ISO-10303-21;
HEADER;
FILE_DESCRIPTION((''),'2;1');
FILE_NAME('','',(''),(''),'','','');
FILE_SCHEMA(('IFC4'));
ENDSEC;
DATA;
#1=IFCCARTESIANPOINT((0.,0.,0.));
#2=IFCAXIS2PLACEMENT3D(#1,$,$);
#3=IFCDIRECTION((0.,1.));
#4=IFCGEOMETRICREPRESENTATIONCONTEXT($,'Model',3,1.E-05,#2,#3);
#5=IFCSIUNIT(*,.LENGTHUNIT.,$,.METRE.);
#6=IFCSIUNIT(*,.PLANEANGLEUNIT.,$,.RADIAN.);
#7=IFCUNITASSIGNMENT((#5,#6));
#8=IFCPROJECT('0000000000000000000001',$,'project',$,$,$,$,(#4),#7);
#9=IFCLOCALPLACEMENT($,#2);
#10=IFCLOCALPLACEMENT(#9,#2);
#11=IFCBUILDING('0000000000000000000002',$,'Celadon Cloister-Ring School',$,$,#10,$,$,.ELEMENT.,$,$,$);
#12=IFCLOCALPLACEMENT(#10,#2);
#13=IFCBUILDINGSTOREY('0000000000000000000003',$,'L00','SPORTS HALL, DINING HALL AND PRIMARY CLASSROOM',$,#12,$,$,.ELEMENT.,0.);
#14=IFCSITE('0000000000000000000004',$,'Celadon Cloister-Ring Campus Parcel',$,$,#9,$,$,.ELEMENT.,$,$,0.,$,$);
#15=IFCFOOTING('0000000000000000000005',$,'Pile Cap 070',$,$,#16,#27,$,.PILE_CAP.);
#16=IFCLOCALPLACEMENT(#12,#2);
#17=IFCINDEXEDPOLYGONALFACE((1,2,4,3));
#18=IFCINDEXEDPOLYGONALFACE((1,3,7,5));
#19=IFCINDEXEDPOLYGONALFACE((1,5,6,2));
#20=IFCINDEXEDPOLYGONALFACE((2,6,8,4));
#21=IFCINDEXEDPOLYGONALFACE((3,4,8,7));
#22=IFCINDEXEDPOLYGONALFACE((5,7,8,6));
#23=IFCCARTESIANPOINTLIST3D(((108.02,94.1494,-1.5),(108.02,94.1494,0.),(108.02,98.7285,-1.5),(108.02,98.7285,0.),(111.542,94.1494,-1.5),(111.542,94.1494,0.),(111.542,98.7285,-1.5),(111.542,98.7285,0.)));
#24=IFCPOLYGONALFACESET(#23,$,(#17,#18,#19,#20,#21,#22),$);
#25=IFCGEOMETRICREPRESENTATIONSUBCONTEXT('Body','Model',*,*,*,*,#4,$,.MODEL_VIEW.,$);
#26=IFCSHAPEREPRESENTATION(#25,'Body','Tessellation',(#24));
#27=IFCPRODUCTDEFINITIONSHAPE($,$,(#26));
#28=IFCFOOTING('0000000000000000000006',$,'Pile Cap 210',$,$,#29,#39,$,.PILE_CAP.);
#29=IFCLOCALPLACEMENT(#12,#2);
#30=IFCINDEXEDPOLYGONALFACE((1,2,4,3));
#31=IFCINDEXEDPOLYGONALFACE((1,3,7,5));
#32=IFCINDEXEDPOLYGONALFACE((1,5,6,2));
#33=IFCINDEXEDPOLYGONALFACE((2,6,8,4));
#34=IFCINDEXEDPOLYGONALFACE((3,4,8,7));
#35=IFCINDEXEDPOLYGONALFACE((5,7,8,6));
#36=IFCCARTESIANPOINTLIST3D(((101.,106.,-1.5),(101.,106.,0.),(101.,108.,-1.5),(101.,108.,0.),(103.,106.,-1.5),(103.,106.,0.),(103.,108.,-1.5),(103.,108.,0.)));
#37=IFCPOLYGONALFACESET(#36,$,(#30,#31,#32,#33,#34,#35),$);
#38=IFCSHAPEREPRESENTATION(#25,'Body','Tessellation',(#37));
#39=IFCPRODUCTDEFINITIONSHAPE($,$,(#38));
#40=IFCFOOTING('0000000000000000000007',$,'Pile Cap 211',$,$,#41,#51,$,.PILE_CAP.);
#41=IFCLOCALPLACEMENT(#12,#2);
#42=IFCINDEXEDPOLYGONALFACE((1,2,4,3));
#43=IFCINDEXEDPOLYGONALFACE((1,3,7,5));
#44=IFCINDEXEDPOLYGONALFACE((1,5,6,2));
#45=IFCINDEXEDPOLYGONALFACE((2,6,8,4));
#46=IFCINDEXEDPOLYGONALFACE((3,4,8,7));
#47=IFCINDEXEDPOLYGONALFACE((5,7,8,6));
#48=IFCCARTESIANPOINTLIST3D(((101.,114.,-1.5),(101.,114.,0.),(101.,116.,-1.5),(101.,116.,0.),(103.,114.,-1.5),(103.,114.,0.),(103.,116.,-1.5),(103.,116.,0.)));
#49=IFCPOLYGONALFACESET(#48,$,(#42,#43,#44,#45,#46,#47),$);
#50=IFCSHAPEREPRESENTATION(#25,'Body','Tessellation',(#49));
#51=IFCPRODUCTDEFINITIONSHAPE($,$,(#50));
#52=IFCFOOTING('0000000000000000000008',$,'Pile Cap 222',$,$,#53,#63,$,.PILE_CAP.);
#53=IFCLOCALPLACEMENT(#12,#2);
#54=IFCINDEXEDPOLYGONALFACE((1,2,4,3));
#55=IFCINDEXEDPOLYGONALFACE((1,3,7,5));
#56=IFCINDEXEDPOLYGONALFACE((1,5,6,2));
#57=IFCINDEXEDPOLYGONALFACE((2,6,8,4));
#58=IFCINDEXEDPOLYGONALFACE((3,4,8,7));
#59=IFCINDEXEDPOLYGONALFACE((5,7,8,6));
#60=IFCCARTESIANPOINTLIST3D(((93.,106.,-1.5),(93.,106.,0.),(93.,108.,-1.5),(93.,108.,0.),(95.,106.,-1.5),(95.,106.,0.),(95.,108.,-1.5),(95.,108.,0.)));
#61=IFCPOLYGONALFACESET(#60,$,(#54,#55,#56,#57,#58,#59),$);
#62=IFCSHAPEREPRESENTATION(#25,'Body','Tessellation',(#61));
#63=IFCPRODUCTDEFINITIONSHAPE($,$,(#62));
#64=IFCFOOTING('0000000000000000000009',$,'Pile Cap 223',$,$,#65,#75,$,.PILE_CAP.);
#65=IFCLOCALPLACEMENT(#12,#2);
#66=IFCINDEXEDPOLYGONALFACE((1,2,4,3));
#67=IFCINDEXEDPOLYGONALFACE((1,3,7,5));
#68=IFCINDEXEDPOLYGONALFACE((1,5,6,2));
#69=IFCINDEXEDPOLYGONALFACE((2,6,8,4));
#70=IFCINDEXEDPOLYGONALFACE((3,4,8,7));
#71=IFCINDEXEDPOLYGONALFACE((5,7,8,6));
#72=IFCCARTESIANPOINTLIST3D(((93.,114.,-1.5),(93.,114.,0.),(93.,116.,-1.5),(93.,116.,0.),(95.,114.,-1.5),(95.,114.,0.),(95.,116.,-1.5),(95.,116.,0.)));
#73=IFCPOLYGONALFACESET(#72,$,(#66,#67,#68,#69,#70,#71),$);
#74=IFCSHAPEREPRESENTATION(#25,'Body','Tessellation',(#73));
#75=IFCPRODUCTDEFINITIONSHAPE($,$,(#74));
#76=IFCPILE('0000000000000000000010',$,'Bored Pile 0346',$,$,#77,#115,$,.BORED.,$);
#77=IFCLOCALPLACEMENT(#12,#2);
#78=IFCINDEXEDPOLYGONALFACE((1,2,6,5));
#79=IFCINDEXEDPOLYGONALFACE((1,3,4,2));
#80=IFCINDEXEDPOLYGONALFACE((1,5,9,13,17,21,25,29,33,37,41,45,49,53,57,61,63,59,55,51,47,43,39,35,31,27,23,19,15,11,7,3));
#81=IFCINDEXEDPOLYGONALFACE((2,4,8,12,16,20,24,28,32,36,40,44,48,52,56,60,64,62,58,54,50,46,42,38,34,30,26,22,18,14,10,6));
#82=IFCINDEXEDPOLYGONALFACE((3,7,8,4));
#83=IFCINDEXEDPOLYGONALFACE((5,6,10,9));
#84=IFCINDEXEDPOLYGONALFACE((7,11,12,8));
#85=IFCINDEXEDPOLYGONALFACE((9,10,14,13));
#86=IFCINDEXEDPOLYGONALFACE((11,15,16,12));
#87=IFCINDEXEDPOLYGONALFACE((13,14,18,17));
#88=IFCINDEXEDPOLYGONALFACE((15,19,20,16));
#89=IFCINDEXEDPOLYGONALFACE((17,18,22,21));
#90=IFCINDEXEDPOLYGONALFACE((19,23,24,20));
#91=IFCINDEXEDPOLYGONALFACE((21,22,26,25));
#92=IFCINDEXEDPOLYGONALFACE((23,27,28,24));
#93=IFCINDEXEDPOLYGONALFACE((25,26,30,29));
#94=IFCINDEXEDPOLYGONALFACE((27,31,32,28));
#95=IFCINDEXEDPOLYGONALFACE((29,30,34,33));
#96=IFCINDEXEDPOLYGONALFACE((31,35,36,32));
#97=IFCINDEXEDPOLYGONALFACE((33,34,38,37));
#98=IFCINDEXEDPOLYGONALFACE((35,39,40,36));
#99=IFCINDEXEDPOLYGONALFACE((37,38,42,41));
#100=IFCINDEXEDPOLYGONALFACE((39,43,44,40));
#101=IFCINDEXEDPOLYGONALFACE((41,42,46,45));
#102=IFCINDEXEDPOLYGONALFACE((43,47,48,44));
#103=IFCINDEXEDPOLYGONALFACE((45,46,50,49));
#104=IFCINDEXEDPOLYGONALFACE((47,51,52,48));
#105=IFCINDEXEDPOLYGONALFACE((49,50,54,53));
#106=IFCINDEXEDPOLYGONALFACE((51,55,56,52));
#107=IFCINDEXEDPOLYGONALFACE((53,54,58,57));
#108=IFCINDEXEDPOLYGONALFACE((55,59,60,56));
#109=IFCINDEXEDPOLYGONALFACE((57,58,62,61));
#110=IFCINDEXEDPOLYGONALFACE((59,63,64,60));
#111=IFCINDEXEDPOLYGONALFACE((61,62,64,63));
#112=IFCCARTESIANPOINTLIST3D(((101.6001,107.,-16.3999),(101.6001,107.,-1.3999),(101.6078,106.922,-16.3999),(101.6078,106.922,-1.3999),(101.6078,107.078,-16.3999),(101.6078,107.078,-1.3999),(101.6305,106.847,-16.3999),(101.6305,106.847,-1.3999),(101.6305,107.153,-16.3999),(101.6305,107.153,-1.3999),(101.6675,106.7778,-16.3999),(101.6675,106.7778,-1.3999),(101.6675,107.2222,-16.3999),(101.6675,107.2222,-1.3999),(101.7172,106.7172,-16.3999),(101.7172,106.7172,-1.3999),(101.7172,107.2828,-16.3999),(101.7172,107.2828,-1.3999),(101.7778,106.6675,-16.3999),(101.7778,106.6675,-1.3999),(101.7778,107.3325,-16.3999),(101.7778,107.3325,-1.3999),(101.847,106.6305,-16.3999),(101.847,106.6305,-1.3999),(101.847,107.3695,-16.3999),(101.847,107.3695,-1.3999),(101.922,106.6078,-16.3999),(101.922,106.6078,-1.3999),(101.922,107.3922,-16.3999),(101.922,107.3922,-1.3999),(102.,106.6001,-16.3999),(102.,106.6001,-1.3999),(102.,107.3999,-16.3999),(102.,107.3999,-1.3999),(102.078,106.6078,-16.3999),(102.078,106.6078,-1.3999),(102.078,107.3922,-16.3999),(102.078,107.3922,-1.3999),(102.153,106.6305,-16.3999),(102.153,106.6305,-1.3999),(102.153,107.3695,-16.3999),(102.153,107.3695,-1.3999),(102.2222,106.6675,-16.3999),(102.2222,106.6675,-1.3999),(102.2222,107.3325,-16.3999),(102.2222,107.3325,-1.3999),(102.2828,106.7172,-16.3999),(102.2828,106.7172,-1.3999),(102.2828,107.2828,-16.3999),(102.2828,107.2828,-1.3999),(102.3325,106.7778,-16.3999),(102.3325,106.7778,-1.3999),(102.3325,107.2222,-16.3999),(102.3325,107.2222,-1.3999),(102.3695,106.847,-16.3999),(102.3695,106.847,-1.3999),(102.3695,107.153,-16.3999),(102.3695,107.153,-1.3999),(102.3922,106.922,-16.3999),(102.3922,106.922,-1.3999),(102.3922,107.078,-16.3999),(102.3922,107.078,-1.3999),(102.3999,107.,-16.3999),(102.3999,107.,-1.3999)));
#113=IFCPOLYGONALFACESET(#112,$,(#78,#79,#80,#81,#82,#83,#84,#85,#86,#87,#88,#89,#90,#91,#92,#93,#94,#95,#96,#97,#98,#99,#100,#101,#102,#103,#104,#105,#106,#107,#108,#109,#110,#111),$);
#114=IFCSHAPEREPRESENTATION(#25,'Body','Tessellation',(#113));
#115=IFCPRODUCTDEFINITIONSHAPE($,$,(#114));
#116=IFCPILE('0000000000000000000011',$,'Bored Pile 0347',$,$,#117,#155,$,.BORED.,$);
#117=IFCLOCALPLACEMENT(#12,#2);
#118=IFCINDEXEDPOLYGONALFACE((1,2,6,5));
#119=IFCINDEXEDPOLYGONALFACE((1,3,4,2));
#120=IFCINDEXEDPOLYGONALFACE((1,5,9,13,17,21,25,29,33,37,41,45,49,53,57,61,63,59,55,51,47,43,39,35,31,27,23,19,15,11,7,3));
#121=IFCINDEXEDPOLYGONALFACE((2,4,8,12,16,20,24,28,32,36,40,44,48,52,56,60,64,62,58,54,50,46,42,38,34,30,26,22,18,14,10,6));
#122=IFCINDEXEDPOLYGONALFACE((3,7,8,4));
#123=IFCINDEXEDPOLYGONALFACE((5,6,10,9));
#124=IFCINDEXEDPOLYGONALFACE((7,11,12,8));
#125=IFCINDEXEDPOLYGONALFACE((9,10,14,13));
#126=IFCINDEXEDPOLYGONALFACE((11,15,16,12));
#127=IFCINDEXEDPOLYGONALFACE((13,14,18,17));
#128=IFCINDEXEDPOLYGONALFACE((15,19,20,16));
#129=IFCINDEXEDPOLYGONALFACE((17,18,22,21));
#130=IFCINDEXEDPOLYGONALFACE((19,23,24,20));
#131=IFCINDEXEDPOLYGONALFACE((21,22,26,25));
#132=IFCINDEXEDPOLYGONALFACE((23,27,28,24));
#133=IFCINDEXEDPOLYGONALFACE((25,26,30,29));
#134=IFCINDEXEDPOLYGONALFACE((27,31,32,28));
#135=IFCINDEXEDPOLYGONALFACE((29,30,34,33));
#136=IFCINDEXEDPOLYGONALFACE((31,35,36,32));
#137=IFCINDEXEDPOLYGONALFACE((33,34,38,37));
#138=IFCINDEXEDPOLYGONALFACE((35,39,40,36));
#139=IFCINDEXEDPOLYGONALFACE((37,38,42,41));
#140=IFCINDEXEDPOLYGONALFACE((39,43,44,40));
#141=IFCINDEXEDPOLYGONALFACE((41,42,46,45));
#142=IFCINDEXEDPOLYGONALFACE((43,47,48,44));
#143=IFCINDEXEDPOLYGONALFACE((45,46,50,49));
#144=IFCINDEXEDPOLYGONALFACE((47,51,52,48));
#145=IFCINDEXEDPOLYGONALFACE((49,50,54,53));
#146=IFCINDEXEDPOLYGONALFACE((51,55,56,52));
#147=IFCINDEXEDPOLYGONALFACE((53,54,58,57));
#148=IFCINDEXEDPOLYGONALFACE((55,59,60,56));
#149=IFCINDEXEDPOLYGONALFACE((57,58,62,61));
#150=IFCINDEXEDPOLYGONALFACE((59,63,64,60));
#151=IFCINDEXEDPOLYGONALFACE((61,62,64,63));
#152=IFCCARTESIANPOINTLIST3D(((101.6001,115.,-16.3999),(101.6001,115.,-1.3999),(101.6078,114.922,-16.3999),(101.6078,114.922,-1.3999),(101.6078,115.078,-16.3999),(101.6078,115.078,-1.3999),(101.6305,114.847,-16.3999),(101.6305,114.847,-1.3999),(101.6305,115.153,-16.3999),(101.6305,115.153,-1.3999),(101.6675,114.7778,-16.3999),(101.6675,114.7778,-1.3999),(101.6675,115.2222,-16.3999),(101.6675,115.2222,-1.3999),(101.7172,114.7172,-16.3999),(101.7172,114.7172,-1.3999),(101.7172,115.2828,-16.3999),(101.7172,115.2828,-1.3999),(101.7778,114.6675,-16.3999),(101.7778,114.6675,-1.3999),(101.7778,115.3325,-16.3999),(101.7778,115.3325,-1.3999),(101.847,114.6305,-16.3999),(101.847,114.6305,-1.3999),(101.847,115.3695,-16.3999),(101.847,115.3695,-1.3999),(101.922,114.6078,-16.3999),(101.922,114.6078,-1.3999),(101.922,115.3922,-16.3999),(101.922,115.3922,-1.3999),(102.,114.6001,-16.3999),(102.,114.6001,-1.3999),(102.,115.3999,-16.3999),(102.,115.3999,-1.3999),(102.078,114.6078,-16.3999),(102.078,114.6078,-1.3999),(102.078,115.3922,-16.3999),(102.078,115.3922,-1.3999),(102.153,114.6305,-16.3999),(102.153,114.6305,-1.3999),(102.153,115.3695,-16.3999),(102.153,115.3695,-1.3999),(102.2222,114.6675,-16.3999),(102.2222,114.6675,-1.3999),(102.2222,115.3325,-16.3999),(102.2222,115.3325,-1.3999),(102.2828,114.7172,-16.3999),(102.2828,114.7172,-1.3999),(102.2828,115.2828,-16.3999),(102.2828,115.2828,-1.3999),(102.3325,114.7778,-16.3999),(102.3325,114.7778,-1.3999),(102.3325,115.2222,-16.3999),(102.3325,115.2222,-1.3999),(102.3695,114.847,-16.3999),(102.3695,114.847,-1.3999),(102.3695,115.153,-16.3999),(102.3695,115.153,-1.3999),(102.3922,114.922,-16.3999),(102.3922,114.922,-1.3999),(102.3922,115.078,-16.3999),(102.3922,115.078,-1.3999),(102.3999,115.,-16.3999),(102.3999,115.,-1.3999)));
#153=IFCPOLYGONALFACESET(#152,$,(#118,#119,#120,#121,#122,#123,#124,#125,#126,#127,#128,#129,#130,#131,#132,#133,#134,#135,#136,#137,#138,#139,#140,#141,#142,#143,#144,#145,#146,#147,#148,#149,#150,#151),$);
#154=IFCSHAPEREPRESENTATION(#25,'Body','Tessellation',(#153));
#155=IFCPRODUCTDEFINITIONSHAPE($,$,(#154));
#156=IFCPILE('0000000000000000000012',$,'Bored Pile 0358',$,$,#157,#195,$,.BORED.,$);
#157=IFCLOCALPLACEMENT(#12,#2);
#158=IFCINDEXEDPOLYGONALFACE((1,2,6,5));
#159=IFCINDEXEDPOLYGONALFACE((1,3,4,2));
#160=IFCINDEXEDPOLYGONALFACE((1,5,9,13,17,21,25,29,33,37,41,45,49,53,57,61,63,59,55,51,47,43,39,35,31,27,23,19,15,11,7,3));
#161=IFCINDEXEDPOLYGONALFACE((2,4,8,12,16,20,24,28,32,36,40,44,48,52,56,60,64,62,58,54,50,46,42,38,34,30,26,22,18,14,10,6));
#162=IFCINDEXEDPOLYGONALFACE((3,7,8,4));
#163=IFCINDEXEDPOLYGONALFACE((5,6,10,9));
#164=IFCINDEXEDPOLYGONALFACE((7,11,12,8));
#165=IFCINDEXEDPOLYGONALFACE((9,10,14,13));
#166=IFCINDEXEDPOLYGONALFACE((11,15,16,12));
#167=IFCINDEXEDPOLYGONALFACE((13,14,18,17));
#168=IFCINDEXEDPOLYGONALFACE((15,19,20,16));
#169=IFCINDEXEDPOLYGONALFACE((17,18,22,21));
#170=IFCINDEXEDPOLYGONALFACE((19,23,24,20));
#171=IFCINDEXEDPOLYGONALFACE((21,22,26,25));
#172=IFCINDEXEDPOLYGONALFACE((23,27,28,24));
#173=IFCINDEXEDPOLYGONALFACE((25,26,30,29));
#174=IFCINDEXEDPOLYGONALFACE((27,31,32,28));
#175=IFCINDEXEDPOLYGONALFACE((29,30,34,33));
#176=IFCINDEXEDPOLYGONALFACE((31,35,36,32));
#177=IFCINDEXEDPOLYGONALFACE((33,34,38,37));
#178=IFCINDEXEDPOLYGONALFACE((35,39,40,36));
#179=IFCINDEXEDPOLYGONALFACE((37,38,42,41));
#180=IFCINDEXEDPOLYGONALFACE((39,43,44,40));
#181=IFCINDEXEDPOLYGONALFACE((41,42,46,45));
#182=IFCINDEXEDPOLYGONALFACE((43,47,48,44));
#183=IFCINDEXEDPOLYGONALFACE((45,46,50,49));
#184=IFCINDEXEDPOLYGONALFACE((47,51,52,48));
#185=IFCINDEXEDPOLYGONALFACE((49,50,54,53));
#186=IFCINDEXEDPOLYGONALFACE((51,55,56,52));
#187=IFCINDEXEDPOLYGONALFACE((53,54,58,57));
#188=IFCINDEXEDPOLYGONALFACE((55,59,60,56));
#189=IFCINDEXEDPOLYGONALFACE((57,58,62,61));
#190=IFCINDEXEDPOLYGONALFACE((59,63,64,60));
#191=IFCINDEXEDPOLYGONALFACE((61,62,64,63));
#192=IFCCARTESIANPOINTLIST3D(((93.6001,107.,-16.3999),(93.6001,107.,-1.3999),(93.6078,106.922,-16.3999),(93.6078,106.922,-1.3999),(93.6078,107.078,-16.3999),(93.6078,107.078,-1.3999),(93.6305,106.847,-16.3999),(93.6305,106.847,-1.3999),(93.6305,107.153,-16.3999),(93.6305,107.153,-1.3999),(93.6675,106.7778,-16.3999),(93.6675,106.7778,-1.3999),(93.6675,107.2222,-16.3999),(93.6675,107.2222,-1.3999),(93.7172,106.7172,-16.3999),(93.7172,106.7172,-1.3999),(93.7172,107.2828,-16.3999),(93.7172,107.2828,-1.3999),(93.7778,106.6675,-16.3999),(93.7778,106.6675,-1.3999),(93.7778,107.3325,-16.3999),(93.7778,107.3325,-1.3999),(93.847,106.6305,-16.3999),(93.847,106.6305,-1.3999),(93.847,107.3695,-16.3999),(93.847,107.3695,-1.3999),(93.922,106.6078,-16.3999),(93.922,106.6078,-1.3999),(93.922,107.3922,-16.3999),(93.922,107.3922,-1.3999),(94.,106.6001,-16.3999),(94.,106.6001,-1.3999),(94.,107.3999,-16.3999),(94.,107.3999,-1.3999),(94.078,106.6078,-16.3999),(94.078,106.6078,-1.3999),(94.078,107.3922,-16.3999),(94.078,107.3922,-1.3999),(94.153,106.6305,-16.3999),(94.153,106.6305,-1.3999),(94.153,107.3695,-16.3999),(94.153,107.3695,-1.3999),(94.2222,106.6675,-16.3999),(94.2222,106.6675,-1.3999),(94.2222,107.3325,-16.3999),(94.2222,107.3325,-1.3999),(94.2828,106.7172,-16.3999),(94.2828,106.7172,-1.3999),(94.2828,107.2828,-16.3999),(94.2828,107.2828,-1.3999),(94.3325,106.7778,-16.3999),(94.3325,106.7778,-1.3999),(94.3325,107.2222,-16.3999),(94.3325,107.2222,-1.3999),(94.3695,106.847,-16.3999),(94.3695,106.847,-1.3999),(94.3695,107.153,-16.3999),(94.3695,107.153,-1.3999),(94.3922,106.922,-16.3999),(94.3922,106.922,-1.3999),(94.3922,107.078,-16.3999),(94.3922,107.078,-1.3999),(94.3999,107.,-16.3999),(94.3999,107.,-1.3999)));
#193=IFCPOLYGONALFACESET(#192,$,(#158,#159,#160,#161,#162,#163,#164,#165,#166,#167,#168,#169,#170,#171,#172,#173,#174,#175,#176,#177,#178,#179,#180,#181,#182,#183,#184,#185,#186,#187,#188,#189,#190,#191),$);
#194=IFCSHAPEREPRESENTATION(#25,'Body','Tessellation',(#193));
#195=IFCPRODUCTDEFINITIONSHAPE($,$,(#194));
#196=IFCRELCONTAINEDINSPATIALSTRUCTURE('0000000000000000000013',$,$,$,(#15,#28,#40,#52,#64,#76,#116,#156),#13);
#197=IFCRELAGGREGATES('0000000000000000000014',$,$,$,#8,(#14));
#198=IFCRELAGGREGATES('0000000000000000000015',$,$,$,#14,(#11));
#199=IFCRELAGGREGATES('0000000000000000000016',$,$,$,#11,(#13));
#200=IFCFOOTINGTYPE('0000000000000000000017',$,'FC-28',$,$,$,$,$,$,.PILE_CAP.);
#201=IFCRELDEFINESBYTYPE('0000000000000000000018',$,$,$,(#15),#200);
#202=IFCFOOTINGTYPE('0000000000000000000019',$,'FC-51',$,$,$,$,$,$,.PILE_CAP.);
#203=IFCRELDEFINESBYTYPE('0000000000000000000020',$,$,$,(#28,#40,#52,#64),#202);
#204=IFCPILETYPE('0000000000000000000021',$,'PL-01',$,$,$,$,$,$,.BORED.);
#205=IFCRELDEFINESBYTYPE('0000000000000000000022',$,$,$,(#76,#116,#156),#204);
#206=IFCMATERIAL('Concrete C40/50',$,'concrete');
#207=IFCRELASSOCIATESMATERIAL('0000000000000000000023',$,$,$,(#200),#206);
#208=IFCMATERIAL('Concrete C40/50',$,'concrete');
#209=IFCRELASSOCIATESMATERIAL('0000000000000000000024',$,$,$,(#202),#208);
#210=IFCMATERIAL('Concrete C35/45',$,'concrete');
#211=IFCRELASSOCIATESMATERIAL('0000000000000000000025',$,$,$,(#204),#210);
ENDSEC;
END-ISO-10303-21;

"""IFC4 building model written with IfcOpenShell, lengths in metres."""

from ifc_helpers import new_model, si_unit, direction, frame, origin, origin_2d, place, context, subcontext, project, spatial, rectangle, circle, extrude, material, material_profile, profile_set, type_object, element, save


model = new_model("IFC4")

# Units and contexts
model_context = context("Model", 3, precision=1e-05, world=origin(), true_north=direction((0.0, 1.0)))
body_context = subcontext(model_context, "Body", "Model", "MODEL_VIEW")
ifc_project = project(units=[si_unit("LENGTHUNIT", "METRE"), si_unit("PLANEANGLEUNIT", "RADIAN")], contexts=[model_context])

# Site, building, storey
site_placement = place(None, origin())
site = spatial("IfcSite", under=ifc_project, at=site_placement, Name="Celadon Cloister-Ring Campus Parcel", CompositionType="ELEMENT", RefElevation=0.0)
building_placement = place(site_placement, origin())
building = spatial("IfcBuilding", under=site, at=building_placement, Name="Celadon Cloister-Ring School", CompositionType="ELEMENT")
storey_placement = place(building_placement, origin())
storey = spatial("IfcBuildingStorey", under=building, at=storey_placement, Name="L00", Description="SPORTS HALL, DINING HALL AND PRIMARY CLASSROOM", CompositionType="ELEMENT", Elevation=0.0)

# Footings
ifc_material_1 = material(Name="Concrete C40/50", Category="concrete")
footing_type_1 = type_object("IfcFootingType", Name="FC-28", PredefinedType="PILE_CAP", material=ifc_material_1)
footing_placement = place(storey_placement, frame((109.781, 96.439, -1.5), z_axis=(0.0, 0.0, 1.0), x_axis=(1.0, 0.0, 0.0)))
element("IfcFooting", 1, at=footing_placement, inside=storey, type_object=footing_type_1, Name="Pile Cap 070", PredefinedType="PILE_CAP", context=body_context, shape_type="SweptSolid", body=[
    extrude(rectangle(XDim=3.522, YDim=4.5791, at=origin_2d()), origin(), (0.0, 0.0, 1.0), 1.5),
])
ifc_material_2 = material(Name="Concrete C40/50", Category="concrete")
footing_type_2 = type_object("IfcFootingType", Name="FC-51", PredefinedType="PILE_CAP", material=ifc_material_2)
for number, where, z_axis, x_axis, name in (
    (2, (102.0, 107.0, -1.5), (0.0, 0.0, 1.0), (1.0, 0.0, 0.0), "Pile Cap 210"),
    (3, (102.0, 115.0, -1.5), (0.0, 0.0, 1.0), (1.0, 0.0, 0.0), "Pile Cap 211"),
    (4, (94.0, 107.0, -1.5), (0.0, 0.0, 1.0), (1.0, 0.0, 0.0), "Pile Cap 222"),
    (5, (94.0, 115.0, -1.5), (0.0, 0.0, 1.0), (1.0, 0.0, 0.0), "Pile Cap 223"),
):
    element("IfcFooting", number, at=place(storey_placement, frame(where, z_axis=z_axis, x_axis=x_axis)), inside=storey, type_object=footing_type_2, Name=name, PredefinedType="PILE_CAP", context=body_context, shape_type="SweptSolid", body=[
        extrude(rectangle(XDim=2.0, YDim=2.0, at=origin_2d()), origin(), (0.0, 0.0, 1.0), 1.5),
    ])

# Piles
ifc_material_3 = material(Name="Concrete C35/45", Category="concrete")
ifc_material_profile_1 = material_profile(ifc_material_3, circle(Radius=0.3999, at=origin_2d()), Name="PILE800")
ifc_profile_set_1 = profile_set([ifc_material_profile_1], Name="Concrete C35/45")
pile_type_1 = type_object("IfcPileType", Name="PL-01", PredefinedType="BORED", material=ifc_profile_set_1)
for number, where, z_axis, x_axis, name in (
    (6, (102.0, 107.0, -1.3999), (0.0, 0.0, -1.0), (1.0, 0.0, 0.0), "Bored Pile 0346"),
    (7, (102.0, 115.0, -1.3999), (0.0, 0.0, -1.0), (1.0, 0.0, 0.0), "Bored Pile 0347"),
    (8, (94.0, 107.0, -1.3999), (0.0, 0.0, -1.0), (1.0, 0.0, 0.0), "Bored Pile 0358"),
):
    element("IfcPile", number, at=place(storey_placement, frame(where, z_axis=z_axis, x_axis=x_axis)), inside=storey, type_object=pile_type_1, Name=name, PredefinedType="BORED", context=body_context, shape_type="SweptSolid", body=[
        extrude(circle(Radius=0.3999, at=origin_2d()), origin(), (0.0, 0.0, 1.0), 15.0),
    ])

save(model, "model.ifc")
